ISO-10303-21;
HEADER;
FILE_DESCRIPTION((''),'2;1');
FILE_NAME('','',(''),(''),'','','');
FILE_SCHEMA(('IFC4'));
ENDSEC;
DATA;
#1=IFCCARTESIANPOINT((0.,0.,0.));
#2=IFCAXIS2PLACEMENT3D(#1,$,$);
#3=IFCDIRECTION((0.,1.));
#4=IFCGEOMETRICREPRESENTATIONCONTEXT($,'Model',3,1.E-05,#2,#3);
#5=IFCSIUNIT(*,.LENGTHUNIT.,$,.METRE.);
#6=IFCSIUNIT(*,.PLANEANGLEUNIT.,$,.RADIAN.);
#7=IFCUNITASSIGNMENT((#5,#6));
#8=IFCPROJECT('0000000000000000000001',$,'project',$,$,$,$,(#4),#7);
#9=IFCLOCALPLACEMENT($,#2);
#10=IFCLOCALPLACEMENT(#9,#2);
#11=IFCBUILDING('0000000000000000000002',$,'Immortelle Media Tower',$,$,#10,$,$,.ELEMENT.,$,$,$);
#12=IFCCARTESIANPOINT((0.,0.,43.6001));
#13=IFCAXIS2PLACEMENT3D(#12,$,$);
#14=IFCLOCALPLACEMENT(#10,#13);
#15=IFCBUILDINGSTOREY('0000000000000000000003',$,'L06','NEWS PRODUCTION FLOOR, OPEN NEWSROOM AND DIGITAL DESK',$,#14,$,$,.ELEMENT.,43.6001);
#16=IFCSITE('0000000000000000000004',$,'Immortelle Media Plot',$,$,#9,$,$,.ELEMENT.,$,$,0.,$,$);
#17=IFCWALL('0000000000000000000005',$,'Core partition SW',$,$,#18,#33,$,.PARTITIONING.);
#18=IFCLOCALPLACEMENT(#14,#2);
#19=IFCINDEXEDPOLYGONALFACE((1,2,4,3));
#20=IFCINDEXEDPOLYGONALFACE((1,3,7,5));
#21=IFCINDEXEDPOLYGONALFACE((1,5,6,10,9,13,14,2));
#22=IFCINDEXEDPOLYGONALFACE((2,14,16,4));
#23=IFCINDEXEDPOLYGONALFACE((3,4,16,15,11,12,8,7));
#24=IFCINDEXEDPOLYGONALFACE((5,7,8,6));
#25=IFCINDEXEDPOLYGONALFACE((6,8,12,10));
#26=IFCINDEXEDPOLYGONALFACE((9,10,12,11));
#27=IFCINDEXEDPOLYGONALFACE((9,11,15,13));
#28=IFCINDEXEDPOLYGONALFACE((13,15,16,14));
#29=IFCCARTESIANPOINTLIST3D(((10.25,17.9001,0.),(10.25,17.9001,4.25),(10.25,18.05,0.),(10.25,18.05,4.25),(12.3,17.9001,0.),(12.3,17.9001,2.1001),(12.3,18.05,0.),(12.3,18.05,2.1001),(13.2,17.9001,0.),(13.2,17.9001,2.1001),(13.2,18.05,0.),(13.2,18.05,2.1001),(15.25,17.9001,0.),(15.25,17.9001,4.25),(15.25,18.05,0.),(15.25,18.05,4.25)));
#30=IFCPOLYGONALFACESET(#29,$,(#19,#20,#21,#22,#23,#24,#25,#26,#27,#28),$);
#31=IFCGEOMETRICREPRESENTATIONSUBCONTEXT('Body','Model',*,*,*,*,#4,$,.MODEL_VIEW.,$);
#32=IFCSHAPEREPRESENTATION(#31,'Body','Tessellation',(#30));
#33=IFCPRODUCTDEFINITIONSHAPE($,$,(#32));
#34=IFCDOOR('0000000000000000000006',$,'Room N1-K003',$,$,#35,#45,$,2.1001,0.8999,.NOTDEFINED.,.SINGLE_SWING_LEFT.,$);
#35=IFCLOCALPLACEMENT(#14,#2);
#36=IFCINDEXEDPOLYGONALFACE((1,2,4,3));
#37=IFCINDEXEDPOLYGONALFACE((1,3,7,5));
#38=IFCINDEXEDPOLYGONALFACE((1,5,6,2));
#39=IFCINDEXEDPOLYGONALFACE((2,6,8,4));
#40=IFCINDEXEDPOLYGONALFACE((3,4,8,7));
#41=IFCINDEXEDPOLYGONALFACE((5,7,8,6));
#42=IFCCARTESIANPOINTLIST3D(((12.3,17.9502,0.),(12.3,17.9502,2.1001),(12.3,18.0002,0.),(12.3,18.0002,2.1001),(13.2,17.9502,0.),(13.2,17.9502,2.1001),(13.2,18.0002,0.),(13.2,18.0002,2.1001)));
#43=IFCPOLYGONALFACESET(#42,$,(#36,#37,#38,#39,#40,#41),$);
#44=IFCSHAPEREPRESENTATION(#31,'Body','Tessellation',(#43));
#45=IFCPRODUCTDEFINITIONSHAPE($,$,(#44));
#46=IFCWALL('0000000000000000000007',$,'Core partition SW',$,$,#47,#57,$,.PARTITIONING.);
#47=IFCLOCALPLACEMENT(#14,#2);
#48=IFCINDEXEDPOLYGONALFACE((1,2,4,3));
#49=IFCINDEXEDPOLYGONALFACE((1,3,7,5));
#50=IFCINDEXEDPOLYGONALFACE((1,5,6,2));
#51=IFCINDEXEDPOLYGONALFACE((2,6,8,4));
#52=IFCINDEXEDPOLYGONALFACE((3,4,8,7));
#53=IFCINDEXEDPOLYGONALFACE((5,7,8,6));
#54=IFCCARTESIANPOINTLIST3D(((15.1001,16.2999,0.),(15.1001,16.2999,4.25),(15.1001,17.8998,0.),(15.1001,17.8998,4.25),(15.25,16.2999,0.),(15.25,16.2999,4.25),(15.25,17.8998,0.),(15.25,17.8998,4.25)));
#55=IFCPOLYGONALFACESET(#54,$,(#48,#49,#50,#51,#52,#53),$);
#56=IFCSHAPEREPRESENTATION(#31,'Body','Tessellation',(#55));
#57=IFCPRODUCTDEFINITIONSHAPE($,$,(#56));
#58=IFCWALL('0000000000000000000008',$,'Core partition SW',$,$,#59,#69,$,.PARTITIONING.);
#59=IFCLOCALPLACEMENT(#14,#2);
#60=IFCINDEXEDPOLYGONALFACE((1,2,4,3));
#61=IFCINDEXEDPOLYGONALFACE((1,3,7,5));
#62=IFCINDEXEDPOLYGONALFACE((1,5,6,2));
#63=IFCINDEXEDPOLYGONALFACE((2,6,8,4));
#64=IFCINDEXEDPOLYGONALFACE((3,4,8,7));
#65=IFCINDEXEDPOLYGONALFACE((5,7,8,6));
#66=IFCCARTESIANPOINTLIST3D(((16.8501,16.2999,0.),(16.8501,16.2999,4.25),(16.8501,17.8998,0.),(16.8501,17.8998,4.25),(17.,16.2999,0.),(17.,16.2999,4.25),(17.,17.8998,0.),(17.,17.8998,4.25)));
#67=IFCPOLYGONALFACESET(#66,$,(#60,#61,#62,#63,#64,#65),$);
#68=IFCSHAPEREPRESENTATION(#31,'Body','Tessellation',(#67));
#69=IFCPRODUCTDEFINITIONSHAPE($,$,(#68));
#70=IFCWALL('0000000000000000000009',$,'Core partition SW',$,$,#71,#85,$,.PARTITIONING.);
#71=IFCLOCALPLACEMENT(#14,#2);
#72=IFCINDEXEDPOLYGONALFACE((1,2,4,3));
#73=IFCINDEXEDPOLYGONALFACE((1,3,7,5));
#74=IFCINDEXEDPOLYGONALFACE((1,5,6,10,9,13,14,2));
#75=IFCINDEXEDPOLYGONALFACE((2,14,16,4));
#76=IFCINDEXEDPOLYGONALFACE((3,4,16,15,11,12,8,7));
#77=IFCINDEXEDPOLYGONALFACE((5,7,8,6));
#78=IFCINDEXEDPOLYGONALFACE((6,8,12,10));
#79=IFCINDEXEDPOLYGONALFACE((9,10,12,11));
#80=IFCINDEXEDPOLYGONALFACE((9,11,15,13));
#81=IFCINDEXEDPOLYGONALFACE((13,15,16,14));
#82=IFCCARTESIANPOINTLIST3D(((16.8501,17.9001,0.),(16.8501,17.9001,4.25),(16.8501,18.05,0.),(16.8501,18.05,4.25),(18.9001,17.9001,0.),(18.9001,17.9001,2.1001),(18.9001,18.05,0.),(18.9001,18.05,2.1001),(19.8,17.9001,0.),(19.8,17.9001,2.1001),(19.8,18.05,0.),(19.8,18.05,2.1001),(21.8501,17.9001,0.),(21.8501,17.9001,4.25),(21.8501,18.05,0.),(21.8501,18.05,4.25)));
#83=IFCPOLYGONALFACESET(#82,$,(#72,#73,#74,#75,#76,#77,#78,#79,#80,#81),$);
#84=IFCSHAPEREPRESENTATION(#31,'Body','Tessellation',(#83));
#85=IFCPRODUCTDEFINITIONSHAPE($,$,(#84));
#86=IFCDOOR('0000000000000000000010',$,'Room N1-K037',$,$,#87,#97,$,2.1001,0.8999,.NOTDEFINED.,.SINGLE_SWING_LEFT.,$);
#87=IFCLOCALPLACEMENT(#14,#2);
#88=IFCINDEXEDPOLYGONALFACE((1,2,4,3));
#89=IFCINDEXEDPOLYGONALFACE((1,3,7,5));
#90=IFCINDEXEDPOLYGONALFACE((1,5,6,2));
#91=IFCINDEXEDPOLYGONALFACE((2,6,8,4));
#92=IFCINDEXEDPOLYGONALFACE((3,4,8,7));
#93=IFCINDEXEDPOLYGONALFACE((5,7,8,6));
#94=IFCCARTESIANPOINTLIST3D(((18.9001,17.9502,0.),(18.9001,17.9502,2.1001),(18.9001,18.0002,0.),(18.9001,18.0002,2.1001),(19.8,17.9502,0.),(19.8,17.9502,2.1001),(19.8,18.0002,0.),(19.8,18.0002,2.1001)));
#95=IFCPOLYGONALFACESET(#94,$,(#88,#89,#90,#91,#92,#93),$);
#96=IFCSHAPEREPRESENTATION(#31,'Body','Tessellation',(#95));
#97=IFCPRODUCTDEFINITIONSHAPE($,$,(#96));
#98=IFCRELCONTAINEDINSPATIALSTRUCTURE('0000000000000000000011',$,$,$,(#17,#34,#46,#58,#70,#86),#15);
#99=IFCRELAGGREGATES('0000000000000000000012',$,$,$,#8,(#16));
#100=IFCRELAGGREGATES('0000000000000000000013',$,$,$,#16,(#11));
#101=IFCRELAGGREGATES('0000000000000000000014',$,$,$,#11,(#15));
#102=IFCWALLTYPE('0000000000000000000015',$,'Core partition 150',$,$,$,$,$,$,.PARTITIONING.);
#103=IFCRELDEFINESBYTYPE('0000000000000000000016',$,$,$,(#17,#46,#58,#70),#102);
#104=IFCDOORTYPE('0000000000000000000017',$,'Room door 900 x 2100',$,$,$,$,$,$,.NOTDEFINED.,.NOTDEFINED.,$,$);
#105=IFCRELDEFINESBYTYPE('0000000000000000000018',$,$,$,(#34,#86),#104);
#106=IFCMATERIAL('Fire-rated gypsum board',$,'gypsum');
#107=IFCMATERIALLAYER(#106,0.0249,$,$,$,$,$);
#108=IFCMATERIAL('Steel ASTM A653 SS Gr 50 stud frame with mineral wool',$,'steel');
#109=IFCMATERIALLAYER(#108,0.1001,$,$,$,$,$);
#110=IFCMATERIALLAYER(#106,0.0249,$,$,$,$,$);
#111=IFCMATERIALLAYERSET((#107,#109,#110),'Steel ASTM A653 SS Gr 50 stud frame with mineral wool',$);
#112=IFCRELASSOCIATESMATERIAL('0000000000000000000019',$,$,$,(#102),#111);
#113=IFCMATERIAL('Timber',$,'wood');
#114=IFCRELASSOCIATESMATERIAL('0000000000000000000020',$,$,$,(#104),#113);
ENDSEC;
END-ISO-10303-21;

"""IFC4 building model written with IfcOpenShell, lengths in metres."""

from ifc_helpers import new_model, si_unit, direction, frame, frame_2d, origin, place, context, subcontext, project, spatial, rectangle, extrude, material, layer, layer_set, type_object, element, fill, save


model = new_model("IFC4")

# Units and contexts
model_context = context("Model", 3, precision=1e-05, world=origin(), true_north=direction((0.0, 1.0)))
body_context = subcontext(model_context, "Body", "Model", "MODEL_VIEW")
ifc_project = project(units=[si_unit("LENGTHUNIT", "METRE"), si_unit("PLANEANGLEUNIT", "RADIAN")], contexts=[model_context])

# Site, building, storey
site_placement = place(None, origin())
site = spatial("IfcSite", under=ifc_project, at=site_placement, Name="Immortelle Media Plot", CompositionType="ELEMENT", RefElevation=0.0)
building_placement = place(site_placement, origin())
building = spatial("IfcBuilding", under=site, at=building_placement, Name="Immortelle Media Tower", CompositionType="ELEMENT")
storey_placement = place(building_placement, frame((0.0, 0.0, 43.6001)))
storey = spatial("IfcBuildingStorey", under=building, at=storey_placement, Name="L06", Description="NEWS PRODUCTION FLOOR, OPEN NEWSROOM AND DIGITAL DESK", CompositionType="ELEMENT", Elevation=43.6001)

# Shared definitions
ifc_material_1 = material(Name="Fire-rated gypsum board", Category="gypsum")
ifc_layer_1 = layer(ifc_material_1, 0.0249)
ifc_material_2 = material(Name="Steel ASTM A653 SS Gr 50 stud frame with mineral wool", Category="steel")
ifc_layer_2 = layer(ifc_material_2, 0.1001)
ifc_layer_3 = layer(ifc_material_1, 0.0249)
ifc_layer_set_1 = layer_set([ifc_layer_1, ifc_layer_2, ifc_layer_3], Name="Steel ASTM A653 SS Gr 50 stud frame with mineral wool")
wall_type_1 = type_object("IfcWallType", Name="Core partition 150", PredefinedType="PARTITIONING", material=ifc_layer_set_1)

# Wall, opening, door
wall_1_placement = place(storey_placement, frame((10.25, 17.9751, 0.0), z_axis=(0.0, 0.0, 1.0), x_axis=(1.0, 0.0, 0.0)))
wall_1 = element("IfcWall", 1, at=wall_1_placement, inside=storey, type_object=wall_type_1, Name="Core partition SW", PredefinedType="PARTITIONING", context=body_context, shape_type="SweptSolid", body=[
    extrude(rectangle(XDim=5.0, YDim=0.1499, at=frame_2d((2.5, 0.0))), origin(), (0.0, 0.0, 1.0), 4.25),
])
opening_1_placement = place(wall_1_placement, frame((2.95, 0.0, 0.0), z_axis=(0.0, 0.0, 1.0), x_axis=(-1.0, 0.0, 0.0)))
opening_1 = element("IfcOpeningElement", 2, at=opening_1_placement, cuts=wall_1, PredefinedType="OPENING", context=body_context, shape_type="SweptSolid", body=[
    extrude(rectangle(XDim=0.8999, YDim=2.1001, at=frame_2d((0.45, 1.05))), frame((0.0, 0.085, 0.0), z_axis=(0.0, -1.0, 0.0), x_axis=(1.0, 0.0, 0.0)), (0.0, 0.0, 1.0), 0.1699),
])
ifc_material_3 = material(Name="Timber", Category="wood")
door_type_1 = type_object("IfcDoorType", Name="Room door 900 x 2100", OperationType="NOTDEFINED", PredefinedType="NOTDEFINED", material=ifc_material_3)
door_1_placement = place(opening_1_placement, origin())
door_1 = element("IfcDoor", 3, at=door_1_placement, inside=storey, type_object=door_type_1, Name="Room N1-K003", OperationType="SINGLE_SWING_LEFT", OverallHeight=2.1001, OverallWidth=0.8999, PredefinedType="NOTDEFINED", context=body_context, shape_type="SweptSolid", body=[
    extrude(rectangle(XDim=0.8999, YDim=2.1001, at=frame_2d((0.45, 1.05))), frame((0.0, 0.0249, 0.0), z_axis=(0.0, -1.0, 0.0), x_axis=(1.0, 0.0, 0.0)), (0.0, 0.0, 1.0), 0.05),
])
fill(opening_1, door_1)

# Walls
for number, where, z_axis, x_axis, name in (
    (4, (15.175, 16.3, 0.0), (0.0, 0.0, 1.0), (0.0, 1.0, 0.0), "Core partition SW"),
    (5, (16.925, 16.3, 0.0), (0.0, 0.0, 1.0), (0.0, 1.0, 0.0), "Core partition SW"),
):
    element("IfcWall", number, at=place(storey_placement, frame(where, z_axis=z_axis, x_axis=x_axis)), inside=storey, type_object=wall_type_1, Name=name, PredefinedType="PARTITIONING", context=body_context, shape_type="SweptSolid", body=[
        extrude(rectangle(XDim=1.5999, YDim=0.1499, at=frame_2d((0.7998, 0.0))), origin(), (0.0, 0.0, 1.0), 4.25),
    ])

# Wall, opening, door
wall_2_placement = place(storey_placement, frame((16.8501, 17.9751, 0.0), z_axis=(0.0, 0.0, 1.0), x_axis=(1.0, 0.0, 0.0)))
wall_2 = element("IfcWall", 6, at=wall_2_placement, inside=storey, type_object=wall_type_1, Name="Core partition SW", PredefinedType="PARTITIONING", context=body_context, shape_type="SweptSolid", body=[
    extrude(rectangle(XDim=5.0, YDim=0.1499, at=frame_2d((2.5, 0.0))), origin(), (0.0, 0.0, 1.0), 4.25),
])
opening_2_placement = place(wall_2_placement, frame((2.95, 0.0, 0.0), z_axis=(0.0, 0.0, 1.0), x_axis=(-1.0, 0.0, 0.0)))
opening_2 = element("IfcOpeningElement", 7, at=opening_2_placement, cuts=wall_2, PredefinedType="OPENING", context=body_context, shape_type="SweptSolid", body=[
    extrude(rectangle(XDim=0.8999, YDim=2.1001, at=frame_2d((0.45, 1.05))), frame((0.0, 0.085, 0.0), z_axis=(0.0, -1.0, 0.0), x_axis=(1.0, 0.0, 0.0)), (0.0, 0.0, 1.0), 0.1699),
])
door_2_placement = place(opening_2_placement, origin())
door_2 = element("IfcDoor", 8, at=door_2_placement, inside=storey, type_object=door_type_1, Name="Room N1-K037", OperationType="SINGLE_SWING_LEFT", OverallHeight=2.1001, OverallWidth=0.8999, PredefinedType="NOTDEFINED", context=body_context, shape_type="SweptSolid", body=[
    extrude(rectangle(XDim=0.8999, YDim=2.1001, at=frame_2d((0.45, 1.05))), frame((0.0, 0.0249, 0.0), z_axis=(0.0, -1.0, 0.0), x_axis=(1.0, 0.0, 0.0)), (0.0, 0.0, 1.0), 0.05),
])
fill(opening_2, door_2)

save(model, "model.ifc")
